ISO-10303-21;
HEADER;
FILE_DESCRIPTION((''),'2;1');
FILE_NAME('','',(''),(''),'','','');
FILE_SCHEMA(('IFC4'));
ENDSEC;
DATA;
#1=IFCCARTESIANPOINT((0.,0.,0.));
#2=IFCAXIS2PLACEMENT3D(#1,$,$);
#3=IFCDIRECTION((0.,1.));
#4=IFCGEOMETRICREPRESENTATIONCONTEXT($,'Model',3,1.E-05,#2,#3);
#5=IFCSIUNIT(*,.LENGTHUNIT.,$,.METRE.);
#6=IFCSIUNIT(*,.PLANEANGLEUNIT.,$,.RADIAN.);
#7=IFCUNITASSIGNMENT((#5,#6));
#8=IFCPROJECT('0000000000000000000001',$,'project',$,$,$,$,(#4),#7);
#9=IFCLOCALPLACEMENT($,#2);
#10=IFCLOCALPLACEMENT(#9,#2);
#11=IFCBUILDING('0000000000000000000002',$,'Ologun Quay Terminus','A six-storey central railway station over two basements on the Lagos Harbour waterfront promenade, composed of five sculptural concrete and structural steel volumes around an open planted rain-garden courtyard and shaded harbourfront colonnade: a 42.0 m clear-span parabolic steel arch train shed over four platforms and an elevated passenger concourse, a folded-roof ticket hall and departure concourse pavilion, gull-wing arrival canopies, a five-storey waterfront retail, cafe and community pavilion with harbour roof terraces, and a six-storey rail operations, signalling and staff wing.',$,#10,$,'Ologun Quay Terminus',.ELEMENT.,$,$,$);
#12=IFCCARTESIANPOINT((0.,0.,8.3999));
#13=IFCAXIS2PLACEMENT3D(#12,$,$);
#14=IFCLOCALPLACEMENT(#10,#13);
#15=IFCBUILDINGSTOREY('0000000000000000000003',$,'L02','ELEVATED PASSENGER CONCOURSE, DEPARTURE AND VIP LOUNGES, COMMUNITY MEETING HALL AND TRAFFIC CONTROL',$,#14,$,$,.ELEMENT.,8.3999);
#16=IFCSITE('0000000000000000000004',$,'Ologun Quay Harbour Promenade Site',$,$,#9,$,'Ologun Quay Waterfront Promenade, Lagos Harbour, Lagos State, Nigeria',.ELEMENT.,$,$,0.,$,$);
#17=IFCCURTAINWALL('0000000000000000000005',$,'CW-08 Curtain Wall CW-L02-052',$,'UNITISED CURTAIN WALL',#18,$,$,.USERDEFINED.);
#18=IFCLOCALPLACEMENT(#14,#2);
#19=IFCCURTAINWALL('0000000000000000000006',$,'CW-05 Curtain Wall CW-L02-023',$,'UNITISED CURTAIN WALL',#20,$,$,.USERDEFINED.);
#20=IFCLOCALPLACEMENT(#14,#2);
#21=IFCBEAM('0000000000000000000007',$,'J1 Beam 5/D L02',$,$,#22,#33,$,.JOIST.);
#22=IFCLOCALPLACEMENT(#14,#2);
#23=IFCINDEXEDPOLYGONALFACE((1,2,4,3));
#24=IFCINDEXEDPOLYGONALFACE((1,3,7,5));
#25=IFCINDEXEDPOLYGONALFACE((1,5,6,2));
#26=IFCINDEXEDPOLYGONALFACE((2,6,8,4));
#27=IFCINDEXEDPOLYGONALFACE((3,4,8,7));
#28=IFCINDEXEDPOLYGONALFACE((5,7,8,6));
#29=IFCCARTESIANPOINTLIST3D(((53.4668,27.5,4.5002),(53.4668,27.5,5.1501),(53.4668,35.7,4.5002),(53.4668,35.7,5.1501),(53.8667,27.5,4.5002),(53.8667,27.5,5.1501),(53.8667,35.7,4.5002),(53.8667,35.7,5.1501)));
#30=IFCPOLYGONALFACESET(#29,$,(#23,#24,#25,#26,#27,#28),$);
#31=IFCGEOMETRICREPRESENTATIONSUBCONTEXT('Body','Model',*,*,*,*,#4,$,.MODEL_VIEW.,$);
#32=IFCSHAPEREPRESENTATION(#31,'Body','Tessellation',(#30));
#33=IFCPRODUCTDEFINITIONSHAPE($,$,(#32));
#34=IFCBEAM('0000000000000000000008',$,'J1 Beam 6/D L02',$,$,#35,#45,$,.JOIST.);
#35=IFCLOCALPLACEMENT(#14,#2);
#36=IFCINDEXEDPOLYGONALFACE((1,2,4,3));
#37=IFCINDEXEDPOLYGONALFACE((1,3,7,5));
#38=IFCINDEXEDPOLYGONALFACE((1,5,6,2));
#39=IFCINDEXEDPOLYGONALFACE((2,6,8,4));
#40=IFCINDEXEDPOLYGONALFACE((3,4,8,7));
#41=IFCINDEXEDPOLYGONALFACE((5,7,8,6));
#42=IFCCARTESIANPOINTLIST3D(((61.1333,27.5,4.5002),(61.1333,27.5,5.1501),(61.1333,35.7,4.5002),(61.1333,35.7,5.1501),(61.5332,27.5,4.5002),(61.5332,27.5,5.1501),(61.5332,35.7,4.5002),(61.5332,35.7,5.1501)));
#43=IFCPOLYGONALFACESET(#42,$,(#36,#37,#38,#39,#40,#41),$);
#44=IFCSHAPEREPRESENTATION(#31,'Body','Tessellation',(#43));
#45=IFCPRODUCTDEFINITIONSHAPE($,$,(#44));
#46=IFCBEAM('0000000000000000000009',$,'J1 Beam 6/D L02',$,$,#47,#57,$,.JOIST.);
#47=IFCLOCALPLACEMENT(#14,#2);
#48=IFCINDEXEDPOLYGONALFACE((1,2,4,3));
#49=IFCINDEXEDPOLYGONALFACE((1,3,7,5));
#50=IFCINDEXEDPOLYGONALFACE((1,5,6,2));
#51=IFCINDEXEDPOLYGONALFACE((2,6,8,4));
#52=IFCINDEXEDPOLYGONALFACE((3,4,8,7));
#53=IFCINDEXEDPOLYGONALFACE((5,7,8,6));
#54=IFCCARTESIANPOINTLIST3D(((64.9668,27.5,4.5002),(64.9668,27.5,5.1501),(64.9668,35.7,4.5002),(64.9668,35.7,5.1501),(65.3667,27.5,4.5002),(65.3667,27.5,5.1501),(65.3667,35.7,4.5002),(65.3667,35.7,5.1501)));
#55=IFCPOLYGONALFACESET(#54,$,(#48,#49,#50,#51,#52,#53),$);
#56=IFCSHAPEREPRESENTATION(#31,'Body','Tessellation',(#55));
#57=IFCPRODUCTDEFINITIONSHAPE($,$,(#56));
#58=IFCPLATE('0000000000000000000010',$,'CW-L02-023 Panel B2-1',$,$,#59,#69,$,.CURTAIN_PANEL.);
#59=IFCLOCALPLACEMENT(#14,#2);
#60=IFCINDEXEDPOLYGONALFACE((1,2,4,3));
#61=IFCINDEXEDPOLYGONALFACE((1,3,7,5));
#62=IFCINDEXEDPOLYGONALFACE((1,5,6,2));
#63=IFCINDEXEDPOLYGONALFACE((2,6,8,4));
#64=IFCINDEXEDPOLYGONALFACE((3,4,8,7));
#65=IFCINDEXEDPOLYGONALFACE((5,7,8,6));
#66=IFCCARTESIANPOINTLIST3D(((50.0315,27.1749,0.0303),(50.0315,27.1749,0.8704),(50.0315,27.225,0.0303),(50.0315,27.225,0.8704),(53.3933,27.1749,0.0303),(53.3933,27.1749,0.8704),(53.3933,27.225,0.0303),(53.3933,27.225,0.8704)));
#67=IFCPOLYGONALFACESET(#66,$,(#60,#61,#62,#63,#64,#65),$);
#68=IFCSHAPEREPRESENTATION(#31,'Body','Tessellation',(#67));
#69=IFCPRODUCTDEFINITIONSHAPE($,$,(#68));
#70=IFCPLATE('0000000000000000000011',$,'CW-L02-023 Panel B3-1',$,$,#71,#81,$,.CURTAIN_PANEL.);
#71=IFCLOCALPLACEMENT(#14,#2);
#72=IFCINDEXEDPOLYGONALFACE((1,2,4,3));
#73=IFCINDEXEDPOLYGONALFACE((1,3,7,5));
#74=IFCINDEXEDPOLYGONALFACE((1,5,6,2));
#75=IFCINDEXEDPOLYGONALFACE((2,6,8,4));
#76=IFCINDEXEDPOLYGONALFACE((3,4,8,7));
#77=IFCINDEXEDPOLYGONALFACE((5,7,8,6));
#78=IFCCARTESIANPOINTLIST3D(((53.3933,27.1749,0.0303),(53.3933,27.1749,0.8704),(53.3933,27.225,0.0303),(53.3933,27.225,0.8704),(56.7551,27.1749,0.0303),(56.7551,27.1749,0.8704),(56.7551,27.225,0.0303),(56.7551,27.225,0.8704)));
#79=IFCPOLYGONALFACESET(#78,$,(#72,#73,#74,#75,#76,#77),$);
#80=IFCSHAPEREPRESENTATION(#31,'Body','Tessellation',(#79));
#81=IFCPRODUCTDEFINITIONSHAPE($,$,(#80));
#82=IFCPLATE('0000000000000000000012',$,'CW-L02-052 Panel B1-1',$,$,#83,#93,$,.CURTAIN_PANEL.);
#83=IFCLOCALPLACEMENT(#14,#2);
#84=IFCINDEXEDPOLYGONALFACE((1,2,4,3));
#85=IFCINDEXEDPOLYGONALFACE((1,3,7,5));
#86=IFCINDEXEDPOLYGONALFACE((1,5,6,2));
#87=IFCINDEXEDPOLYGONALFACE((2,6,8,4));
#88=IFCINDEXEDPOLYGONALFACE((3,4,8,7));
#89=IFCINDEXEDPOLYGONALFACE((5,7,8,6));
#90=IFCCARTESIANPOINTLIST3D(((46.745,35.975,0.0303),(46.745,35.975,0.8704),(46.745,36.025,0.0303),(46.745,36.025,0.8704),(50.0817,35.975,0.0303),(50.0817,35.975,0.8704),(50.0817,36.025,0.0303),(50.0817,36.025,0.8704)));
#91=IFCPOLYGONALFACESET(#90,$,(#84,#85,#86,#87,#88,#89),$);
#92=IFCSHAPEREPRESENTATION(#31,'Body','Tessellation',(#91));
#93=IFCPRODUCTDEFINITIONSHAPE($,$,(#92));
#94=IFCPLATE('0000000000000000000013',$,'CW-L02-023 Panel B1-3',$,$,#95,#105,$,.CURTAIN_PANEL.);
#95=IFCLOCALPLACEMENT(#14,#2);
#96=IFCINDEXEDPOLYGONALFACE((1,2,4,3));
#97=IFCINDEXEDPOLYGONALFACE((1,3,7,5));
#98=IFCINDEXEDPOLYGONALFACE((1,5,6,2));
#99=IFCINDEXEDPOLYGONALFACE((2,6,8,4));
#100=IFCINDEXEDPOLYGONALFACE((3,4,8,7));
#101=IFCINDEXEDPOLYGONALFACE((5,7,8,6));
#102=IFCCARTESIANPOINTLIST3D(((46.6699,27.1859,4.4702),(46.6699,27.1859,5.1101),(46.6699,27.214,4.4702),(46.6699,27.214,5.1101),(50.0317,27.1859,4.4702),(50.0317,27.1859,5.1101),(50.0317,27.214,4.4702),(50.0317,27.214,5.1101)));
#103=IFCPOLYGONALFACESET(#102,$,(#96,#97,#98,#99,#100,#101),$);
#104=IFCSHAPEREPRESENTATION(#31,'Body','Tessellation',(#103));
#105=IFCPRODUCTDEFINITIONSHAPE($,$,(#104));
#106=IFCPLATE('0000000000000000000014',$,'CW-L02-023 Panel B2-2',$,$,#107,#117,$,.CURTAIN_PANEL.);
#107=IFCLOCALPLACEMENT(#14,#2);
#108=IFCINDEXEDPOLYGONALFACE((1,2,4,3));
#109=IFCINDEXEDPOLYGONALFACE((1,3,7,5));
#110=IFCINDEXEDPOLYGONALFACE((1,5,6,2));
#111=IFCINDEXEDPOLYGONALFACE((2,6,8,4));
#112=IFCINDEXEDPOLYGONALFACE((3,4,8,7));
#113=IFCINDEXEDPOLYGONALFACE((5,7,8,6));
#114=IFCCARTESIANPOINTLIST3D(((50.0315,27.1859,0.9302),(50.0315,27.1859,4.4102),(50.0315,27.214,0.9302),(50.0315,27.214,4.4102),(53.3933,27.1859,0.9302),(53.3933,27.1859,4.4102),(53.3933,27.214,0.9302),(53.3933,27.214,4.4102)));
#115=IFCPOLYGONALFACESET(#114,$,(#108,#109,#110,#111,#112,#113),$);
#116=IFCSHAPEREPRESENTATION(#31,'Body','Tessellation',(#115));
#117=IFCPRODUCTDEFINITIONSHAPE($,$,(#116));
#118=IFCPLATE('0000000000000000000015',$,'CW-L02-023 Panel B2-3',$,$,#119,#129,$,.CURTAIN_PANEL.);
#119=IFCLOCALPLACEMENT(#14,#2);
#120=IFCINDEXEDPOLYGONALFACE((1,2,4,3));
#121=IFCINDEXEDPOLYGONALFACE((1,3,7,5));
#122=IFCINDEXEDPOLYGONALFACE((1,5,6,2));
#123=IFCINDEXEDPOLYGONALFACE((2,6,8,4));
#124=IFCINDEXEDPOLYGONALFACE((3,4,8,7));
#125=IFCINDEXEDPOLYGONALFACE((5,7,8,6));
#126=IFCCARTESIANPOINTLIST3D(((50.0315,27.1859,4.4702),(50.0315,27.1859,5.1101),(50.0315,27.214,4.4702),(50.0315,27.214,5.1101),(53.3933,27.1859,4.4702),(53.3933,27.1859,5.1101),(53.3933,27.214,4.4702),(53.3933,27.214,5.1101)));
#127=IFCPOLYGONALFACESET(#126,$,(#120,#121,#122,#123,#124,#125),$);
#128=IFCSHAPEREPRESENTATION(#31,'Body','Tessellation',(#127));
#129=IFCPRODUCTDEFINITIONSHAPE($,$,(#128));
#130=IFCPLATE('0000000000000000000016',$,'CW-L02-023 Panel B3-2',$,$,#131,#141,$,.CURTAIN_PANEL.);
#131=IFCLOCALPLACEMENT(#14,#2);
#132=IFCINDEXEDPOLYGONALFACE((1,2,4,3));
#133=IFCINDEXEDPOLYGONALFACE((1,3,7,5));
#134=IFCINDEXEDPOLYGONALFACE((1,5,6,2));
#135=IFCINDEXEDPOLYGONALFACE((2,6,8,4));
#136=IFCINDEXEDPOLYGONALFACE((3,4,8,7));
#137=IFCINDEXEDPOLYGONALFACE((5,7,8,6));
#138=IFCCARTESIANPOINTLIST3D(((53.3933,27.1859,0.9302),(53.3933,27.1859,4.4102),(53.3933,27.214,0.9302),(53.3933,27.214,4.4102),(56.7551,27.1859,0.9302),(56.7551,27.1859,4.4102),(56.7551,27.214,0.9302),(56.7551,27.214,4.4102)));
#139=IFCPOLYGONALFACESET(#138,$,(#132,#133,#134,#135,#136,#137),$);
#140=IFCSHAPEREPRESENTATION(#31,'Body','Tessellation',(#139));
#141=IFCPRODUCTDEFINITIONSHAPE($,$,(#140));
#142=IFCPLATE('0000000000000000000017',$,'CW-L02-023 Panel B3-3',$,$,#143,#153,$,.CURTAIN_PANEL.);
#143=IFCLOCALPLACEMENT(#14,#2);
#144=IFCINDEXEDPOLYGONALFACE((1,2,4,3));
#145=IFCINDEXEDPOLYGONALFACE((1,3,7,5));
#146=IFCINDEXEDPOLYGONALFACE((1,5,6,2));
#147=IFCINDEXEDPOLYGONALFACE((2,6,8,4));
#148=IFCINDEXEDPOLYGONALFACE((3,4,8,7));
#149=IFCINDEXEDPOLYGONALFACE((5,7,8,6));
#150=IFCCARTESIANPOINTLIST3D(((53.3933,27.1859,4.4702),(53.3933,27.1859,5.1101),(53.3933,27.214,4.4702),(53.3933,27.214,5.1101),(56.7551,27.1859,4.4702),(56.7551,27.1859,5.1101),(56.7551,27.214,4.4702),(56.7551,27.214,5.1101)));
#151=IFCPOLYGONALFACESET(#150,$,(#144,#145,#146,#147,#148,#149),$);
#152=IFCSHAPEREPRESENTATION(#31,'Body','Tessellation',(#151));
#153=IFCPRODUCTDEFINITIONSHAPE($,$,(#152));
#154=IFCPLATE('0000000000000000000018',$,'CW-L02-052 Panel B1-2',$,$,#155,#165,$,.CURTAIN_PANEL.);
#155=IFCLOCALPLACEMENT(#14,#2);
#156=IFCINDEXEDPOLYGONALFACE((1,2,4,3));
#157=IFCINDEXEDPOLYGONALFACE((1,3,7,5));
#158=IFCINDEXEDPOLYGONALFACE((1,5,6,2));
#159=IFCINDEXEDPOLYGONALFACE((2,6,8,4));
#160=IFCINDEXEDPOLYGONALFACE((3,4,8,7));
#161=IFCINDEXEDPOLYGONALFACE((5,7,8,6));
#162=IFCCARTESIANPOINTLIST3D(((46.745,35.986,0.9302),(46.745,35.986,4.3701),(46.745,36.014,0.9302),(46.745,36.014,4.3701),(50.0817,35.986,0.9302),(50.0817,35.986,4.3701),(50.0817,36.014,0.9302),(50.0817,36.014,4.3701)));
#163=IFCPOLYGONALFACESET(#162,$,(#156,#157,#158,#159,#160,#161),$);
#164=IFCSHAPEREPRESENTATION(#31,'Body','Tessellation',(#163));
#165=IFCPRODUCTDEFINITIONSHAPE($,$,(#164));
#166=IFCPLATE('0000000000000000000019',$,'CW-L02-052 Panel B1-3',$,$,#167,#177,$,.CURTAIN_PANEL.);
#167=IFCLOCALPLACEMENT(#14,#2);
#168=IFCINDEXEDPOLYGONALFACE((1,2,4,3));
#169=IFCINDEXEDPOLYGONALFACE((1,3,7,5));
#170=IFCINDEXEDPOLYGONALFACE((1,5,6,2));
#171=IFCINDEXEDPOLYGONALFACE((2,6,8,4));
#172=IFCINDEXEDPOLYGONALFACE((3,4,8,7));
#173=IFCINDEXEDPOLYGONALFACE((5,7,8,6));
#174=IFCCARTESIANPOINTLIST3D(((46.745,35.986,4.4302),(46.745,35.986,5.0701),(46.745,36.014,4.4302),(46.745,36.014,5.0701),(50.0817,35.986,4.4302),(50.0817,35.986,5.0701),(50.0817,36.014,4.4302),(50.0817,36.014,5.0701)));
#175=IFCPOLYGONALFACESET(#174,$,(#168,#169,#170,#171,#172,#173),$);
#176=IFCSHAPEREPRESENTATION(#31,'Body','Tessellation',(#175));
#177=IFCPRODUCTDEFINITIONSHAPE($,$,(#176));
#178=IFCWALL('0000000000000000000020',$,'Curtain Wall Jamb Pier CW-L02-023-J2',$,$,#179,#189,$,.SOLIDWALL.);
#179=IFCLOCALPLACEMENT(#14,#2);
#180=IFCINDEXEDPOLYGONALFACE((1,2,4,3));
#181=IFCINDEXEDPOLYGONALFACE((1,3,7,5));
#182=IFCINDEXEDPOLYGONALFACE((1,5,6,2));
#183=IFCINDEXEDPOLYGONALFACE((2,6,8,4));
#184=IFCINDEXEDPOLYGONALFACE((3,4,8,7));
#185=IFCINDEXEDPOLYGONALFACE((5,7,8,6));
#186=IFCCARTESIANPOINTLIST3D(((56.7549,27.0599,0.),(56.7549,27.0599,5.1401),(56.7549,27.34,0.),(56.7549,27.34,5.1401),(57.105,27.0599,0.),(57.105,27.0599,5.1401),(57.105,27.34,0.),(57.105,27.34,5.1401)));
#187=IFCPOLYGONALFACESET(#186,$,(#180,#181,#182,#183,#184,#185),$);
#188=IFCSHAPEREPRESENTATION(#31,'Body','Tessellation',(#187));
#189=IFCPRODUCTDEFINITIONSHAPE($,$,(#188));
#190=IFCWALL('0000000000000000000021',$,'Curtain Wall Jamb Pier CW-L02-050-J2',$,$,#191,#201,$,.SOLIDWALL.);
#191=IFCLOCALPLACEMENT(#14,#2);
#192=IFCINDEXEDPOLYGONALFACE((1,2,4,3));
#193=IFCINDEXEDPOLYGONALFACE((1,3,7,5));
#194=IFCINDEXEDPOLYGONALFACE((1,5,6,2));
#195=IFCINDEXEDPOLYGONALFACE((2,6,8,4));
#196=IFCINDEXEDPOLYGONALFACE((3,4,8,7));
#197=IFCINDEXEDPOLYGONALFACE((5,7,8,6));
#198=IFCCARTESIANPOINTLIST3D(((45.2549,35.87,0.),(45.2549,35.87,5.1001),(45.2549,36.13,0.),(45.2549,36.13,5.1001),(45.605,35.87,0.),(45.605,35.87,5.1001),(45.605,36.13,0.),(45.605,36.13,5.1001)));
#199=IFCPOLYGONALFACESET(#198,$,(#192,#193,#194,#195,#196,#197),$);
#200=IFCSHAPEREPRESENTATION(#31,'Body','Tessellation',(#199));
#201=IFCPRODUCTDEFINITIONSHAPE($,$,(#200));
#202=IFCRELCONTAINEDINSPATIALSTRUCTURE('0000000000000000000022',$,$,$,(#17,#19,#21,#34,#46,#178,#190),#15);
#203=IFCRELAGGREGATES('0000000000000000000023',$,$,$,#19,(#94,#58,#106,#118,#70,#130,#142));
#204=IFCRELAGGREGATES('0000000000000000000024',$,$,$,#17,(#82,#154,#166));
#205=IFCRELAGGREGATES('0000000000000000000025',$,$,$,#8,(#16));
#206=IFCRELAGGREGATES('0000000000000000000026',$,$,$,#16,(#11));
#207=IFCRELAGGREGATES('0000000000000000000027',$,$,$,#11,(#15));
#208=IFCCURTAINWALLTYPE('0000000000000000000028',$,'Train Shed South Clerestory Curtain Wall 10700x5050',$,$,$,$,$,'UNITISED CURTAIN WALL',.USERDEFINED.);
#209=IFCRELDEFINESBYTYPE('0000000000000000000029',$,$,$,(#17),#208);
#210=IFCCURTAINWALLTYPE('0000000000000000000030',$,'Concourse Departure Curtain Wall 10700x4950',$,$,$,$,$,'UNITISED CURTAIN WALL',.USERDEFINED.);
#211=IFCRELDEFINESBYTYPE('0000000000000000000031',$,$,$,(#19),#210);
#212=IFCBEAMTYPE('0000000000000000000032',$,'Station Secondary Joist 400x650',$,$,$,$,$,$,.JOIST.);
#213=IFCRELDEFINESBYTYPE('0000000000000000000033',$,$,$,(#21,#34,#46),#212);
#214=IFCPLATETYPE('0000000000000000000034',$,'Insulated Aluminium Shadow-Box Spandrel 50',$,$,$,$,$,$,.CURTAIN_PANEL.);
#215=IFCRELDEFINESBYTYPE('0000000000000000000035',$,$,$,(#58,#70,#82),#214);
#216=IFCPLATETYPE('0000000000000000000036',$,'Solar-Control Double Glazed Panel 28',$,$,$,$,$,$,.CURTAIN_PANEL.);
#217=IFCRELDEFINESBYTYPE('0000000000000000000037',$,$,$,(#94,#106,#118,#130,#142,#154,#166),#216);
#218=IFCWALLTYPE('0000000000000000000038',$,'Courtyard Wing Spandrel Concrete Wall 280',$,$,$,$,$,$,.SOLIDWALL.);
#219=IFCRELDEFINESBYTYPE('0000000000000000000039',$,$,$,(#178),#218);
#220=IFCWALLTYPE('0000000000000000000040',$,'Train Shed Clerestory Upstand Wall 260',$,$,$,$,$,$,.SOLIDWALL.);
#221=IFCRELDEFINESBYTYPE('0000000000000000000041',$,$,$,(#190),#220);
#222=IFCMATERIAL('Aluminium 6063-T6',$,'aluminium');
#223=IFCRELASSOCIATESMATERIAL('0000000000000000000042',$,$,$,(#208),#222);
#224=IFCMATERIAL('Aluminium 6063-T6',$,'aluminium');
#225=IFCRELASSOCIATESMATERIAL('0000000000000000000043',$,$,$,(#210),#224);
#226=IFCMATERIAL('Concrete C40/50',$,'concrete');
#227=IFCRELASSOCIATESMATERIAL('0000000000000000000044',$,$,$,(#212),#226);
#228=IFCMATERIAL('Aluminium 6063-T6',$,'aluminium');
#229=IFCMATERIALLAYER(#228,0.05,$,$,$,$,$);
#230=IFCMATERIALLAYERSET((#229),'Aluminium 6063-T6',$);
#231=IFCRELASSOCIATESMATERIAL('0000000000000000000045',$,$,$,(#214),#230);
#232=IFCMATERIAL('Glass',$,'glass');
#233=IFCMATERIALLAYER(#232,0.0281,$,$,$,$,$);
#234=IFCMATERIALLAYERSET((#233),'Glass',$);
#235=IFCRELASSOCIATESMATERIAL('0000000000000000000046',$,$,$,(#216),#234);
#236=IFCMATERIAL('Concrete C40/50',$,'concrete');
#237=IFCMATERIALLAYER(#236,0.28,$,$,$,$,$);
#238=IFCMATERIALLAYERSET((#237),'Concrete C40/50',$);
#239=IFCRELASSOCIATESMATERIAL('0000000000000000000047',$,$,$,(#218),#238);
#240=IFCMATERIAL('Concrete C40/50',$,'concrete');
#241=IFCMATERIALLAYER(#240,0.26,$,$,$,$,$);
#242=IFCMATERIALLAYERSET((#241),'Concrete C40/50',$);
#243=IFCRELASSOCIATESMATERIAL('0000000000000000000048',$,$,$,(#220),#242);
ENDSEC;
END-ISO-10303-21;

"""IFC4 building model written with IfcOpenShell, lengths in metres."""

from ifc_helpers import new_model, si_unit, direction, frame, frame_2d, origin, origin_2d, place, context, subcontext, project, spatial, rectangle, extrude, material, layer, layer_set, material_profile, profile_set, type_object, element, aggregate, save


model = new_model("IFC4")

# Units and contexts
model_context = context("Model", 3, precision=1e-05, world=origin(), true_north=direction((0.0, 1.0)))
body_context = subcontext(model_context, "Body", "Model", "MODEL_VIEW")
ifc_project = project(units=[si_unit("LENGTHUNIT", "METRE"), si_unit("PLANEANGLEUNIT", "RADIAN")], contexts=[model_context])

# Site, building, storey
site_placement = place(None, origin())
site = spatial("IfcSite", under=ifc_project, at=site_placement, Name="Ologun Quay Harbour Promenade Site", LongName="Ologun Quay Waterfront Promenade, Lagos Harbour, Lagos State, Nigeria", CompositionType="ELEMENT", RefElevation=0.0)
building_placement = place(site_placement, origin())
building = spatial("IfcBuilding", under=site, at=building_placement, Name="Ologun Quay Terminus", Description="A six-storey central railway station over two basements on the Lagos Harbour waterfront promenade, composed of five sculptural concrete and structural steel volumes around an open planted rain-garden courtyard and shaded harbourfront colonnade: a 42.0 m clear-span parabolic steel arch train shed over four platforms and an elevated passenger concourse, a folded-roof ticket hall and departure concourse pavilion, gull-wing arrival canopies, a five-storey waterfront retail, cafe and community pavilion with harbour roof terraces, and a six-storey rail operations, signalling and staff wing.", LongName="Ologun Quay Terminus", CompositionType="ELEMENT")
storey_placement = place(building_placement, frame((0.0, 0.0, 8.3999)))
storey = spatial("IfcBuildingStorey", under=building, at=storey_placement, Name="L02", Description="ELEVATED PASSENGER CONCOURSE, DEPARTURE AND VIP LOUNGES, COMMUNITY MEETING HALL AND TRAFFIC CONTROL", CompositionType="ELEMENT", Elevation=8.3999)

# Shared definitions
ifc_material_1 = material(Name="Aluminium 6063-T6", Category="aluminium")
curtain_wall_type_1 = type_object("IfcCurtainWallType", Name="Train Shed South Clerestory Curtain Wall 10700x5050", ElementType="UNITISED CURTAIN WALL", PredefinedType="USERDEFINED", material=ifc_material_1)

# Curtain walls
curtain_wall_1_placement = place(storey_placement, origin())
curtain_wall_1 = element("IfcCurtainWall", 1, at=curtain_wall_1_placement, inside=storey, type_object=curtain_wall_type_1, Name="CW-08 Curtain Wall CW-L02-052", ObjectType="UNITISED CURTAIN WALL", PredefinedType="USERDEFINED")
ifc_material_2 = material(Name="Aluminium 6063-T6", Category="aluminium")
curtain_wall_type_2 = type_object("IfcCurtainWallType", Name="Concourse Departure Curtain Wall 10700x4950", ElementType="UNITISED CURTAIN WALL", PredefinedType="USERDEFINED", material=ifc_material_2)
curtain_wall_2_placement = place(storey_placement, origin())
curtain_wall_2 = element("IfcCurtainWall", 2, at=curtain_wall_2_placement, inside=storey, type_object=curtain_wall_type_2, Name="CW-05 Curtain Wall CW-L02-023", ObjectType="UNITISED CURTAIN WALL", PredefinedType="USERDEFINED")

# Beams
ifc_material_3 = material(Name="Concrete C40/50", Category="concrete")
ifc_material_profile_1 = material_profile(ifc_material_3, rectangle(XDim=0.3999, YDim=0.6499, at=origin_2d()), Name="RC 400x650")
ifc_profile_set_1 = profile_set([ifc_material_profile_1], Name="Concrete C40/50")
beam_type_1 = type_object("IfcBeamType", Name="Station Secondary Joist 400x650", PredefinedType="JOIST", material=ifc_profile_set_1)
for number, where, z_axis, x_axis, name in (
    (3, (53.6667, 27.5, 4.8252), (0.0, 1.0, 0.0), (-1.0, 0.0, 0.0), "J1 Beam 5/D L02"),
    (4, (61.3333, 27.5, 4.8252), (0.0, 1.0, 0.0), (-1.0, 0.0, 0.0), "J1 Beam 6/D L02"),
    (5, (65.1667, 27.5, 4.8252), (0.0, 1.0, 0.0), (-1.0, 0.0, 0.0), "J1 Beam 6/D L02"),
):
    element("IfcBeam", number, at=place(storey_placement, frame(where, z_axis=z_axis, x_axis=x_axis)), inside=storey, type_object=beam_type_1, Name=name, PredefinedType="JOIST", context=body_context, shape_type="SweptSolid", body=[
        extrude(rectangle(XDim=0.3999, YDim=0.6499, at=origin_2d()), origin(), (0.0, 0.0, 1.0), 8.2),
    ])

# Plates
ifc_material_4 = material(Name="Aluminium 6063-T6", Category="aluminium")
ifc_layer_1 = layer(ifc_material_4, 0.05)
ifc_layer_set_1 = layer_set([ifc_layer_1], Name="Aluminium 6063-T6")
plate_type_1 = type_object("IfcPlateType", Name="Insulated Aluminium Shadow-Box Spandrel 50", PredefinedType="CURTAIN_PANEL", material=ifc_layer_set_1)
plate_1_placement = place(storey_placement, frame((51.7124, 27.2, 0.0303), z_axis=(0.0, 0.0, 1.0), x_axis=(1.0, 0.0, 0.0)))
plate_1 = element("IfcPlate", 6, at=plate_1_placement, type_object=plate_type_1, Name="CW-L02-023 Panel B2-1", PredefinedType="CURTAIN_PANEL", context=body_context, shape_type="SweptSolid", body=[
    extrude(rectangle(XDim=3.3618, YDim=0.05, at=origin_2d()), origin(), (0.0, 0.0, 1.0), 0.8401),
])
plate_2_placement = place(storey_placement, frame((55.0742, 27.2, 0.0303), z_axis=(0.0, 0.0, 1.0), x_axis=(1.0, 0.0, 0.0)))
plate_2 = element("IfcPlate", 7, at=plate_2_placement, type_object=plate_type_1, Name="CW-L02-023 Panel B3-1", PredefinedType="CURTAIN_PANEL", context=body_context, shape_type="SweptSolid", body=[
    extrude(rectangle(XDim=3.3618, YDim=0.05, at=origin_2d()), origin(), (0.0, 0.0, 1.0), 0.8401),
])
plate_3_placement = place(storey_placement, frame((48.4133, 36.0, 0.0303), z_axis=(0.0, 0.0, 1.0), x_axis=(1.0, 0.0, 0.0)))
plate_3 = element("IfcPlate", 8, at=plate_3_placement, type_object=plate_type_1, Name="CW-L02-052 Panel B1-1", PredefinedType="CURTAIN_PANEL", context=body_context, shape_type="SweptSolid", body=[
    extrude(rectangle(XDim=3.3367, YDim=0.05, at=origin_2d()), origin(), (0.0, 0.0, 1.0), 0.8401),
])
ifc_material_5 = material(Name="Glass", Category="glass")
ifc_layer_2 = layer(ifc_material_5, 0.0281)
ifc_layer_set_2 = layer_set([ifc_layer_2], Name="Glass")
plate_type_2 = type_object("IfcPlateType", Name="Solar-Control Double Glazed Panel 28", PredefinedType="CURTAIN_PANEL", material=ifc_layer_set_2)
plate_4_placement = place(storey_placement, frame((48.3508, 27.2, 4.4702), z_axis=(0.0, 0.0, 1.0), x_axis=(1.0, 0.0, 0.0)))
plate_4 = element("IfcPlate", 9, at=plate_4_placement, type_object=plate_type_2, Name="CW-L02-023 Panel B1-3", PredefinedType="CURTAIN_PANEL", context=body_context, shape_type="SweptSolid", body=[
    extrude(rectangle(XDim=3.3618, YDim=0.0281, at=origin_2d()), origin(), (0.0, 0.0, 1.0), 0.6399),
])
plate_5_placement = place(storey_placement, frame((51.7124, 27.2, 0.9302), z_axis=(0.0, 0.0, 1.0), x_axis=(1.0, 0.0, 0.0)))
plate_5 = element("IfcPlate", 10, at=plate_5_placement, type_object=plate_type_2, Name="CW-L02-023 Panel B2-2", PredefinedType="CURTAIN_PANEL", context=body_context, shape_type="SweptSolid", body=[
    extrude(rectangle(XDim=3.3618, YDim=0.0281, at=origin_2d()), origin(), (0.0, 0.0, 1.0), 3.48),
])
plate_6_placement = place(storey_placement, frame((51.7124, 27.2, 4.4702), z_axis=(0.0, 0.0, 1.0), x_axis=(1.0, 0.0, 0.0)))
plate_6 = element("IfcPlate", 11, at=plate_6_placement, type_object=plate_type_2, Name="CW-L02-023 Panel B2-3", PredefinedType="CURTAIN_PANEL", context=body_context, shape_type="SweptSolid", body=[
    extrude(rectangle(XDim=3.3618, YDim=0.0281, at=origin_2d()), origin(), (0.0, 0.0, 1.0), 0.6399),
])
plate_7_placement = place(storey_placement, frame((55.0742, 27.2, 0.9302), z_axis=(0.0, 0.0, 1.0), x_axis=(1.0, 0.0, 0.0)))
plate_7 = element("IfcPlate", 12, at=plate_7_placement, type_object=plate_type_2, Name="CW-L02-023 Panel B3-2", PredefinedType="CURTAIN_PANEL", context=body_context, shape_type="SweptSolid", body=[
    extrude(rectangle(XDim=3.3618, YDim=0.0281, at=origin_2d()), origin(), (0.0, 0.0, 1.0), 3.48),
])
plate_8_placement = place(storey_placement, frame((55.0742, 27.2, 4.4702), z_axis=(0.0, 0.0, 1.0), x_axis=(1.0, 0.0, 0.0)))
plate_8 = element("IfcPlate", 13, at=plate_8_placement, type_object=plate_type_2, Name="CW-L02-023 Panel B3-3", PredefinedType="CURTAIN_PANEL", context=body_context, shape_type="SweptSolid", body=[
    extrude(rectangle(XDim=3.3618, YDim=0.0281, at=origin_2d()), origin(), (0.0, 0.0, 1.0), 0.6399),
])
aggregate(curtain_wall_2, [plate_4, plate_1, plate_5, plate_6, plate_2, plate_7, plate_8])
plate_9_placement = place(storey_placement, frame((48.4133, 36.0, 0.9302), z_axis=(0.0, 0.0, 1.0), x_axis=(1.0, 0.0, 0.0)))
plate_9 = element("IfcPlate", 14, at=plate_9_placement, type_object=plate_type_2, Name="CW-L02-052 Panel B1-2", PredefinedType="CURTAIN_PANEL", context=body_context, shape_type="SweptSolid", body=[
    extrude(rectangle(XDim=3.3367, YDim=0.0281, at=origin_2d()), origin(), (0.0, 0.0, 1.0), 3.4399),
])
plate_10_placement = place(storey_placement, frame((48.4133, 36.0, 4.4302), z_axis=(0.0, 0.0, 1.0), x_axis=(1.0, 0.0, 0.0)))
plate_10 = element("IfcPlate", 15, at=plate_10_placement, type_object=plate_type_2, Name="CW-L02-052 Panel B1-3", PredefinedType="CURTAIN_PANEL", context=body_context, shape_type="SweptSolid", body=[
    extrude(rectangle(XDim=3.3367, YDim=0.0281, at=origin_2d()), origin(), (0.0, 0.0, 1.0), 0.6399),
])
aggregate(curtain_wall_1, [plate_3, plate_9, plate_10])

# Walls
ifc_material_6 = material(Name="Concrete C40/50", Category="concrete")
ifc_layer_3 = layer(ifc_material_6, 0.28)
ifc_layer_set_3 = layer_set([ifc_layer_3], Name="Concrete C40/50")
wall_type_1 = type_object("IfcWallType", Name="Courtyard Wing Spandrel Concrete Wall 280", PredefinedType="SOLIDWALL", material=ifc_layer_set_3)
wall_1_placement = place(storey_placement, frame((56.7549, 27.2, 0.0), z_axis=(0.0, 0.0, 1.0), x_axis=(1.0, 0.0, 0.0)))
element("IfcWall", 16, at=wall_1_placement, inside=storey, type_object=wall_type_1, Name="Curtain Wall Jamb Pier CW-L02-023-J2", PredefinedType="SOLIDWALL", context=body_context, shape_type="SweptSolid", body=[
    extrude(rectangle(XDim=0.3501, YDim=0.28, at=frame_2d((0.175, 0.0))), origin(), (0.0, 0.0, 1.0), 5.1401),
])
ifc_material_7 = material(Name="Concrete C40/50", Category="concrete")
ifc_layer_4 = layer(ifc_material_7, 0.26)
ifc_layer_set_4 = layer_set([ifc_layer_4], Name="Concrete C40/50")
wall_type_2 = type_object("IfcWallType", Name="Train Shed Clerestory Upstand Wall 260", PredefinedType="SOLIDWALL", material=ifc_layer_set_4)
for number, where, z_axis, x_axis, name in (
    (17, (45.2549, 36.0, 0.0), (0.0, 0.0, 1.0), (1.0, 0.0, 0.0), "Curtain Wall Jamb Pier CW-L02-050-J2"),
):
    element("IfcWall", number, at=place(storey_placement, frame(where, z_axis=z_axis, x_axis=x_axis)), inside=storey, type_object=wall_type_2, Name=name, PredefinedType="SOLIDWALL", context=body_context, shape_type="SweptSolid", body=[
        extrude(rectangle(XDim=0.3501, YDim=0.26, at=frame_2d((0.175, 0.0))), origin(), (0.0, 0.0, 1.0), 5.1001),
    ])

save(model, "model.ifc")
